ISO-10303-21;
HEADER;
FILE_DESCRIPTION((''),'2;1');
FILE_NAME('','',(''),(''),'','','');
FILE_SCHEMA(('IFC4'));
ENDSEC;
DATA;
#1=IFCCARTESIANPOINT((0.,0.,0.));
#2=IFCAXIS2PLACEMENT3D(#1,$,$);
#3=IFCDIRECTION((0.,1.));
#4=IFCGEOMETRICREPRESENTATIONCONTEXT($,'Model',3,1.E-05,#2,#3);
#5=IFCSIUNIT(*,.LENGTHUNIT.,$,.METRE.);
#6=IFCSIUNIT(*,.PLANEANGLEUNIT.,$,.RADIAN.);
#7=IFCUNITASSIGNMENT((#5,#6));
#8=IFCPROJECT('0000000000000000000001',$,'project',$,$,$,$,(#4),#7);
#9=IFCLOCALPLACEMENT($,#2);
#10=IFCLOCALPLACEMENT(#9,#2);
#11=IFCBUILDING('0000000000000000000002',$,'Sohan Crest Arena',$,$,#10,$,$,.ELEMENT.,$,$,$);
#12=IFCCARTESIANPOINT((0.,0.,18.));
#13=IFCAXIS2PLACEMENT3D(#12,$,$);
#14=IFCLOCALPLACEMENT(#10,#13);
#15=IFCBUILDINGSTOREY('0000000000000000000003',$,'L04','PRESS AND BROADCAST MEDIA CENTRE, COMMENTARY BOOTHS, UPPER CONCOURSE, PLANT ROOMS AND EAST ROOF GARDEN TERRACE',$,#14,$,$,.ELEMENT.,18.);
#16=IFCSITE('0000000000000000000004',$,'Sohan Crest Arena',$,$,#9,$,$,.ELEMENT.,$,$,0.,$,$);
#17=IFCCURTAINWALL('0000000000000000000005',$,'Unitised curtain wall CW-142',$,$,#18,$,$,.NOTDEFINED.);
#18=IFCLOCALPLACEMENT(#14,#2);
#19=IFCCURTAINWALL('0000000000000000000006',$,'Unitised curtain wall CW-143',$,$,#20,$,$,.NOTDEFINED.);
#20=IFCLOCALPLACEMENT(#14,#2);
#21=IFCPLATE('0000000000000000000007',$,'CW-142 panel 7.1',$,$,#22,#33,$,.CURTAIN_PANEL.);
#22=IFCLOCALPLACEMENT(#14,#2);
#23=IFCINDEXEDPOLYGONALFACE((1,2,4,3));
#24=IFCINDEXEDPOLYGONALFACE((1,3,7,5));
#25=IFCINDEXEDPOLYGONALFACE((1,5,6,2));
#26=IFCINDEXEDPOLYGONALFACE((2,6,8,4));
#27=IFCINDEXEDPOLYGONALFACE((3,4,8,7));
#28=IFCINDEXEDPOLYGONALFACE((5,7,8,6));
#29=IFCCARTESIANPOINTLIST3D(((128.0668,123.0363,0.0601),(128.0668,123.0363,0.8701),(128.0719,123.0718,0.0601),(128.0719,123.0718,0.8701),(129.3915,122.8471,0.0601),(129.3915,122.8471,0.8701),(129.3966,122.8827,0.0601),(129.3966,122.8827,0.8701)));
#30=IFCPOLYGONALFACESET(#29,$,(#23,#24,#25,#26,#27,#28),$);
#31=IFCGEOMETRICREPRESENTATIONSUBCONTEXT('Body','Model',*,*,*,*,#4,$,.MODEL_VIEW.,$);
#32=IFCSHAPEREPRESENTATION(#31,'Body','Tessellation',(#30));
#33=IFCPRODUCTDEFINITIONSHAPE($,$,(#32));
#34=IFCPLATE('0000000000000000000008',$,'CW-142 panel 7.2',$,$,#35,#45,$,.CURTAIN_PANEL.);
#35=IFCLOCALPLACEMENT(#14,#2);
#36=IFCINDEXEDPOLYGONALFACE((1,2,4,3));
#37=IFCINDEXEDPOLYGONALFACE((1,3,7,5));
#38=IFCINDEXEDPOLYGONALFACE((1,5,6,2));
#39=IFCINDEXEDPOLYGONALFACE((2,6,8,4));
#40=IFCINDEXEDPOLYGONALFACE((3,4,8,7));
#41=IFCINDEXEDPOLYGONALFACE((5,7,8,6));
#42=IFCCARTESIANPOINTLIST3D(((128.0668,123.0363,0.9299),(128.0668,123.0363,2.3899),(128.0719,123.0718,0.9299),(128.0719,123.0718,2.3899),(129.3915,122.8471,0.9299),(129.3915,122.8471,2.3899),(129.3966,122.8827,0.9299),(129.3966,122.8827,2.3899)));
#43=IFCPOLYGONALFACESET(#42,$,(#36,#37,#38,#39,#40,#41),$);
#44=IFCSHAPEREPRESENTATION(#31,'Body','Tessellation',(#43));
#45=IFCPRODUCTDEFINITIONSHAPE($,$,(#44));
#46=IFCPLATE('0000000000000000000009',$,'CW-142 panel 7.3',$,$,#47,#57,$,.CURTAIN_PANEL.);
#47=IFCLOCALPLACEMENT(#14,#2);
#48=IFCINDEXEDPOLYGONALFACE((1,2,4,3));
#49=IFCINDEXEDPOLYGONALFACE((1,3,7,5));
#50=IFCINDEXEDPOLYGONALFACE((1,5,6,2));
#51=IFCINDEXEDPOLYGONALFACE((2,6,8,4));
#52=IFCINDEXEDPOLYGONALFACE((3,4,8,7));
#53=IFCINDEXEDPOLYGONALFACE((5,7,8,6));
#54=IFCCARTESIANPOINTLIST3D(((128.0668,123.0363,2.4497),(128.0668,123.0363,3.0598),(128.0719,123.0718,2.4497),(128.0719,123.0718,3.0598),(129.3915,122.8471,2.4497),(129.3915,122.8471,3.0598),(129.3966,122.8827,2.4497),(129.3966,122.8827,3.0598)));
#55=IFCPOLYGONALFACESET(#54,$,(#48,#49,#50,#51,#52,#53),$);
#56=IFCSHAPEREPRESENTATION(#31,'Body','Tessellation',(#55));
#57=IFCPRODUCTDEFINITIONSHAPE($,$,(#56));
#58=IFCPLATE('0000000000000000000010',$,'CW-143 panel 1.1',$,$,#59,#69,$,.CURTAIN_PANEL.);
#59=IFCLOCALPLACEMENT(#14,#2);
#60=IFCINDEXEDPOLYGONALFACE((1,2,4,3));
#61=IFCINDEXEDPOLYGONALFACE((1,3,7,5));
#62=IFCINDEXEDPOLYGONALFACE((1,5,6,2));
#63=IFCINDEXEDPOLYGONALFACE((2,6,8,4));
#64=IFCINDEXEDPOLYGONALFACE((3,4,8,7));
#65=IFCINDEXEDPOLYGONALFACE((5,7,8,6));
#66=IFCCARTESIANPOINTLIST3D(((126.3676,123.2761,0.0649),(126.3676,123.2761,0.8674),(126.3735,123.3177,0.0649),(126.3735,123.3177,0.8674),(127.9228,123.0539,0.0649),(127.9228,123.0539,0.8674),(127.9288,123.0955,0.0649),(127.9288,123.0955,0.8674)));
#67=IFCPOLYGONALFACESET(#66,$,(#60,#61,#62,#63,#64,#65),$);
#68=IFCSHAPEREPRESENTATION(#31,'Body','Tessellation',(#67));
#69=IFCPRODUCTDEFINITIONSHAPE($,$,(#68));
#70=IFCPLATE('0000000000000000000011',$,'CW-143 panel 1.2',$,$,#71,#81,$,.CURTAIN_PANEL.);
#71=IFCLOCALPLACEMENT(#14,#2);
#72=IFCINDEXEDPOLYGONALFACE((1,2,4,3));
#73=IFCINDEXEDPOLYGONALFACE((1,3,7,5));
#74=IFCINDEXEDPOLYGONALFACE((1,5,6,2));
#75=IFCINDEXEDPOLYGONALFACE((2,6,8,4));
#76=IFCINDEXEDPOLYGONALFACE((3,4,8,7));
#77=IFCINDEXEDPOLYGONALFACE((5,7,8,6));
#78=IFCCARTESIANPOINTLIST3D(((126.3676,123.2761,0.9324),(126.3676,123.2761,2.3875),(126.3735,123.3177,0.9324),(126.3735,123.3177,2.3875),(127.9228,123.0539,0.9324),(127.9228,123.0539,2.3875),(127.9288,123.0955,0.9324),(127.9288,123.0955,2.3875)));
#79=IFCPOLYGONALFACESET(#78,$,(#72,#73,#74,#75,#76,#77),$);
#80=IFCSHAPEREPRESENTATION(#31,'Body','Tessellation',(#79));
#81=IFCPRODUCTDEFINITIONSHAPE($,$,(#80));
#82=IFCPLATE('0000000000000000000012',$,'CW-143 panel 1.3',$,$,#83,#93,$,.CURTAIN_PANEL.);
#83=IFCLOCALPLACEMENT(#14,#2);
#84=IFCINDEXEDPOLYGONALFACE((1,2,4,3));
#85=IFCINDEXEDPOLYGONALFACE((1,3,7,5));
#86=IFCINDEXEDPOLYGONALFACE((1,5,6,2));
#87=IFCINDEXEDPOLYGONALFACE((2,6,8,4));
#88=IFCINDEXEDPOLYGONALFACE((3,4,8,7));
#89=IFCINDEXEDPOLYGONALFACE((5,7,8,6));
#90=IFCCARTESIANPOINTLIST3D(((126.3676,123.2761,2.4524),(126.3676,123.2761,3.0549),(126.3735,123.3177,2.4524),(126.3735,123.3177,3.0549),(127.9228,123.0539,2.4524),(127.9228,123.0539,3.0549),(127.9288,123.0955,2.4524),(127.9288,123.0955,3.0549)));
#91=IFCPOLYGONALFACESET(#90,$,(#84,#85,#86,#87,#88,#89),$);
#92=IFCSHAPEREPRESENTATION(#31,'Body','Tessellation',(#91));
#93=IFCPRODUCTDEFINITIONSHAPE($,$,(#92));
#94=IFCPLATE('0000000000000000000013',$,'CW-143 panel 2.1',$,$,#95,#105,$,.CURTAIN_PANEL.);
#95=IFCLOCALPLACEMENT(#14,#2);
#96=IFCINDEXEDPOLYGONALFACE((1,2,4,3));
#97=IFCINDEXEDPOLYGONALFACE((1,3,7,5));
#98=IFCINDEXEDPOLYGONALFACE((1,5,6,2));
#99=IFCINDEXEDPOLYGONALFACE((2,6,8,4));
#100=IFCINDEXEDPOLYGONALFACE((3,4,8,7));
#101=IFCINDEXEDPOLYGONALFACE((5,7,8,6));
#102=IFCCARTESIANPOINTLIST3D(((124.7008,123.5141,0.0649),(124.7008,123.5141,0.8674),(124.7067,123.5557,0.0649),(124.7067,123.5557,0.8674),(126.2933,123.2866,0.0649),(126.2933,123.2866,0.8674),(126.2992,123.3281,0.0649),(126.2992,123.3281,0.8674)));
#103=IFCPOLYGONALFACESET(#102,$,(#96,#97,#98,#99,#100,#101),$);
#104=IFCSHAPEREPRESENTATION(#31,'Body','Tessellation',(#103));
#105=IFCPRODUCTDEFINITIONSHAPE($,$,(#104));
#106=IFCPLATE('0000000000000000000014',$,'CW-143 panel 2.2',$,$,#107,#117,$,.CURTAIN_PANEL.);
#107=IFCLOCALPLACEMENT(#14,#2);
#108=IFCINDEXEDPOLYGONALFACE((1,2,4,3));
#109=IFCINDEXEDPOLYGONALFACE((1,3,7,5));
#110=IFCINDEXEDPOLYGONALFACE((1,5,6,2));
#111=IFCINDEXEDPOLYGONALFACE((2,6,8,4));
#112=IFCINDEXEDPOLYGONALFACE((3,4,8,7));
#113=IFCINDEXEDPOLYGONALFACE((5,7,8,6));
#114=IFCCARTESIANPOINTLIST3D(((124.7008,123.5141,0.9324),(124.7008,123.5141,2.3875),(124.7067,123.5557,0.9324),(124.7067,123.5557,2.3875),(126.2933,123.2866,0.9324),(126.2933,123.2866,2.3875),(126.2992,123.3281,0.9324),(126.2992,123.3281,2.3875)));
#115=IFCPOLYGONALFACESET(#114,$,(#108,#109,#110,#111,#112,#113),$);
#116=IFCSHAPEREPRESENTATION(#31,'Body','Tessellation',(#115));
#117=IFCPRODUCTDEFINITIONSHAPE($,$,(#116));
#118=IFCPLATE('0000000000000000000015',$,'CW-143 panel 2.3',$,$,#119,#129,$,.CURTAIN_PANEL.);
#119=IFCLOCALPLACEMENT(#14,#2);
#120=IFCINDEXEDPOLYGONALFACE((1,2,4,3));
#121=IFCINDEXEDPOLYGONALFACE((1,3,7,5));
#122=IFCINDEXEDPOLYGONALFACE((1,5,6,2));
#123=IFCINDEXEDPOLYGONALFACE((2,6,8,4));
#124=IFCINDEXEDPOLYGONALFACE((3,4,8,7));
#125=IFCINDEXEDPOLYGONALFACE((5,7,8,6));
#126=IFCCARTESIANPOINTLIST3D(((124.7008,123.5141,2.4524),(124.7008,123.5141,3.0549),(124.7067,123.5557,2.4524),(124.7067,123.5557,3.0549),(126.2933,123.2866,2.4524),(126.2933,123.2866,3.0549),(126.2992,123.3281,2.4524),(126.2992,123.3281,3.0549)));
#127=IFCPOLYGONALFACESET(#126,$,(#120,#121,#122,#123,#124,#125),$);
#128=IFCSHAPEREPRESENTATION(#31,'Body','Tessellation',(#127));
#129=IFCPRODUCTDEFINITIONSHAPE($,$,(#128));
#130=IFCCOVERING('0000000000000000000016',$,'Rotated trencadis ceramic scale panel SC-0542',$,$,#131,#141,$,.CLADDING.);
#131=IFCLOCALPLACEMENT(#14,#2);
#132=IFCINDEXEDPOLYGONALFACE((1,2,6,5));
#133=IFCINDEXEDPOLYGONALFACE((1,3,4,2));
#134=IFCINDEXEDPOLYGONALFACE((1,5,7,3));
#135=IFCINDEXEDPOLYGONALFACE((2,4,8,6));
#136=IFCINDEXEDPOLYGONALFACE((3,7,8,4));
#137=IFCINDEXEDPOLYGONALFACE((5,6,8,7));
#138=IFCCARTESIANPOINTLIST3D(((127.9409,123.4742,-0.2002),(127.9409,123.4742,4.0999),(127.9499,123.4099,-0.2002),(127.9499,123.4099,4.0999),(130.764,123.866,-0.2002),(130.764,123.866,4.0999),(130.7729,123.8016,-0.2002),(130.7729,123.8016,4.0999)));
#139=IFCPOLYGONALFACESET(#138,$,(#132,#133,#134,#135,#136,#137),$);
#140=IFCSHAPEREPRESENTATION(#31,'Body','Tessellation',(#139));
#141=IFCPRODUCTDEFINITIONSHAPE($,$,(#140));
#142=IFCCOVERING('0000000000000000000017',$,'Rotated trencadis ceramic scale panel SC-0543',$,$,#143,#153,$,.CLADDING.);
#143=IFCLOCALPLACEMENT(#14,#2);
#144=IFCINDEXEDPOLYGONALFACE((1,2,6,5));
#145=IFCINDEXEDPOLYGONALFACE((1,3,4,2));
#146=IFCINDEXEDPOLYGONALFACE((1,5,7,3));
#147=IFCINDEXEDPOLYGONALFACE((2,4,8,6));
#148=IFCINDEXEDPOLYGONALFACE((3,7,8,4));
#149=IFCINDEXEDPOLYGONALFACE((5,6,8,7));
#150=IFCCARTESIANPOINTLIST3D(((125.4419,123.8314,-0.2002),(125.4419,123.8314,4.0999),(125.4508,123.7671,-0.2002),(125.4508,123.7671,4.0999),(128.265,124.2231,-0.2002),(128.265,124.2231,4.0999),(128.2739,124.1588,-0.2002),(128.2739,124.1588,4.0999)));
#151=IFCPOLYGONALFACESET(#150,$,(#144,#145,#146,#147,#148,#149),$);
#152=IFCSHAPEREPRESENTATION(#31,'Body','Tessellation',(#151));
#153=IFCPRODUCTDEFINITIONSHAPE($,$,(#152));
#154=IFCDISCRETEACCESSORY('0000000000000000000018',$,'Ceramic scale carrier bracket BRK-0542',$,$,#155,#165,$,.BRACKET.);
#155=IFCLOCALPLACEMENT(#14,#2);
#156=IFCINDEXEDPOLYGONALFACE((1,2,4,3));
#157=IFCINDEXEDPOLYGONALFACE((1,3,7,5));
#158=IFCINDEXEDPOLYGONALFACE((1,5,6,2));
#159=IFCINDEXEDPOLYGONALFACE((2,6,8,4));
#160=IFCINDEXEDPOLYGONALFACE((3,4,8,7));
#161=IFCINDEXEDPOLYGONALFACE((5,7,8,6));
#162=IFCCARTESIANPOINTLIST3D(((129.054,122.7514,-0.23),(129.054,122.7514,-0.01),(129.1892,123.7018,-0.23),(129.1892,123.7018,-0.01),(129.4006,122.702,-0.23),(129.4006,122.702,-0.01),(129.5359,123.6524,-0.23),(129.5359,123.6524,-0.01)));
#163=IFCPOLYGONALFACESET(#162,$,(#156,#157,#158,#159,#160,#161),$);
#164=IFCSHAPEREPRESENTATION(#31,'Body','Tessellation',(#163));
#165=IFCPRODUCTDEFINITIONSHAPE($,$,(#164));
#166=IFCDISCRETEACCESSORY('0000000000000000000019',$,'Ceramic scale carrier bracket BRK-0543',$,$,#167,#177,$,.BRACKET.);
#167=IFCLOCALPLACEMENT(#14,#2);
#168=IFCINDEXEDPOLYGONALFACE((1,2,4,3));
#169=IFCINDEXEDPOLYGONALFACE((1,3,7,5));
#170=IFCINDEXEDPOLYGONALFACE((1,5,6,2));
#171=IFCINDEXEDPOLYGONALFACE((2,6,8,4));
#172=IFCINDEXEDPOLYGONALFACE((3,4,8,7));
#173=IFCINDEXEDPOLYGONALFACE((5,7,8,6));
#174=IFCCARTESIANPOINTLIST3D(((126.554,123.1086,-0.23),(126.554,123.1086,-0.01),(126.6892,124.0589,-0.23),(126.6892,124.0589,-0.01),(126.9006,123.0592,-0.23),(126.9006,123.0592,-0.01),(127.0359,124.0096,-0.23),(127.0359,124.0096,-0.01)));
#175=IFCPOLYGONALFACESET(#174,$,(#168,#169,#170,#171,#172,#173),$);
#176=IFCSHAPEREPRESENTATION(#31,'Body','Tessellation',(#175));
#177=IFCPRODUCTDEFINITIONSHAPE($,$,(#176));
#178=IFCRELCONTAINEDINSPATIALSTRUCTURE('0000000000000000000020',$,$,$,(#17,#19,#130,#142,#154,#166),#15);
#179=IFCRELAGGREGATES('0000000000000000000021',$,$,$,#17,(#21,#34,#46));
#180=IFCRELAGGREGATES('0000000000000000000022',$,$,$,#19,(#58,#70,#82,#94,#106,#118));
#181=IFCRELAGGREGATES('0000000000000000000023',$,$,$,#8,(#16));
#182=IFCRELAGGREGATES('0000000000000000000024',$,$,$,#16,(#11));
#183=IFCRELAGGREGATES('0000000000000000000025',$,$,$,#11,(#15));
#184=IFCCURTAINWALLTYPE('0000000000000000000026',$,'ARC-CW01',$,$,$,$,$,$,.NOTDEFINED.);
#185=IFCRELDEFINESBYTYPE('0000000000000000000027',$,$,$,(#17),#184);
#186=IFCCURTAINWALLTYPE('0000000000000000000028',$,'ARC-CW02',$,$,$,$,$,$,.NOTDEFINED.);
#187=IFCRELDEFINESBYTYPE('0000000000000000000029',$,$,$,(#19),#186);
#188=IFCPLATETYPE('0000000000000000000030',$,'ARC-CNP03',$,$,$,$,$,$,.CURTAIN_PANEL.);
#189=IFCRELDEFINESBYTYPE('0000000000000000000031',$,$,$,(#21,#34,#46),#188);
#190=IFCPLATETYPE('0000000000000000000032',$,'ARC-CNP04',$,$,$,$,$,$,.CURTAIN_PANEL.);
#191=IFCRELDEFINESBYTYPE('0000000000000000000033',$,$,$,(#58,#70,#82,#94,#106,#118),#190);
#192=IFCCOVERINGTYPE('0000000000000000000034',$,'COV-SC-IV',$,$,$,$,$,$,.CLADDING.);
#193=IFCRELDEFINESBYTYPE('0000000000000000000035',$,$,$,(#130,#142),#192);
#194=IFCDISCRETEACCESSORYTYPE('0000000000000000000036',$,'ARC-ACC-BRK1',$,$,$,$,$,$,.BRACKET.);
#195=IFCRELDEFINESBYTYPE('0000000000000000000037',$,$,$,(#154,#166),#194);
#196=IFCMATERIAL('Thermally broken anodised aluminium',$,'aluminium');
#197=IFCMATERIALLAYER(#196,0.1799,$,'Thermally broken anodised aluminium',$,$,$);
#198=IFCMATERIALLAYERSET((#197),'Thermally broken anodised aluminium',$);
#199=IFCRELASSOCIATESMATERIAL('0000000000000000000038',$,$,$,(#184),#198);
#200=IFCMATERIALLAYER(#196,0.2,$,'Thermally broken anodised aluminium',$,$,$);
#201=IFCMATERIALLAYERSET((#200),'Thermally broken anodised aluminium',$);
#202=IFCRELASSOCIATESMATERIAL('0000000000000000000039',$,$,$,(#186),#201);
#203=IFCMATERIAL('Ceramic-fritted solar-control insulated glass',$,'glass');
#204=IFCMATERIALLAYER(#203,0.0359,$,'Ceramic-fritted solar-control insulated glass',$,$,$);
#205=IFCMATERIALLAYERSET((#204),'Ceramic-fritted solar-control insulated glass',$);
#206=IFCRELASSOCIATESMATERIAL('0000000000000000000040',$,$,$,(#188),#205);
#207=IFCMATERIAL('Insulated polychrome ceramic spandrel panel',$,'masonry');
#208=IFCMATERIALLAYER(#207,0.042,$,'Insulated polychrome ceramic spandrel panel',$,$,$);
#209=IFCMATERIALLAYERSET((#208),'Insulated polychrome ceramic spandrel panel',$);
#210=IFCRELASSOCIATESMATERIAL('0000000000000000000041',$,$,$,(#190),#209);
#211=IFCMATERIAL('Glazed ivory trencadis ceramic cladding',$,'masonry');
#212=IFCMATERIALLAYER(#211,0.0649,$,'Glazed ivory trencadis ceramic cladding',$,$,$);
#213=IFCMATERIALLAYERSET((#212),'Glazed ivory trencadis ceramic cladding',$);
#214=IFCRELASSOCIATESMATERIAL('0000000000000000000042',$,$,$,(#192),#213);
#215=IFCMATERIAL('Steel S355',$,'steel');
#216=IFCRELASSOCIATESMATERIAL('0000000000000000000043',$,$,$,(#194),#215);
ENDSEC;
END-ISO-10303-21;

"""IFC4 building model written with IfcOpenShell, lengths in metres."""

from ifc_helpers import new_model, si_unit, direction, frame, origin, origin_2d, place, context, subcontext, project, spatial, rectangle, extrude, material, layer, layer_set, type_object, element, aggregate, save


model = new_model("IFC4")

# Units and contexts
model_context = context("Model", 3, precision=1e-05, world=origin(), true_north=direction((0.0, 1.0)))
body_context = subcontext(model_context, "Body", "Model", "MODEL_VIEW")
ifc_project = project(units=[si_unit("LENGTHUNIT", "METRE"), si_unit("PLANEANGLEUNIT", "RADIAN")], contexts=[model_context])

# Site, building, storey
site_placement = place(None, origin())
site = spatial("IfcSite", under=ifc_project, at=site_placement, Name="Sohan Crest Arena", CompositionType="ELEMENT", RefElevation=0.0)
building_placement = place(site_placement, origin())
building = spatial("IfcBuilding", under=site, at=building_placement, Name="Sohan Crest Arena", CompositionType="ELEMENT")
storey_placement = place(building_placement, frame((0.0, 0.0, 18.0)))
storey = spatial("IfcBuildingStorey", under=building, at=storey_placement, Name="L04", Description="PRESS AND BROADCAST MEDIA CENTRE, COMMENTARY BOOTHS, UPPER CONCOURSE, PLANT ROOMS AND EAST ROOF GARDEN TERRACE", CompositionType="ELEMENT", Elevation=18.0)

# Shared definitions
ifc_material_1 = material(Name="Steel S355", Category="steel")

# Curtain wall
ifc_material_2 = material(Name="Thermally broken anodised aluminium", Category="aluminium")
ifc_layer_1 = layer(ifc_material_2, 0.1799, Name="Thermally broken anodised aluminium")
ifc_layer_set_1 = layer_set([ifc_layer_1], Name="Thermally broken anodised aluminium")
curtain_wall_type_1 = type_object("IfcCurtainWallType", Name="ARC-CW01", PredefinedType="NOTDEFINED", material=ifc_layer_set_1)
curtain_wall_1_placement = place(storey_placement, origin())
curtain_wall_1 = element("IfcCurtainWall", 1, at=curtain_wall_1_placement, inside=storey, type_object=curtain_wall_type_1, Name="Unitised curtain wall CW-142", PredefinedType="NOTDEFINED")

# Curtain wall
ifc_layer_2 = layer(ifc_material_2, 0.2, Name="Thermally broken anodised aluminium")
ifc_layer_set_2 = layer_set([ifc_layer_2], Name="Thermally broken anodised aluminium")
curtain_wall_type_2 = type_object("IfcCurtainWallType", Name="ARC-CW02", PredefinedType="NOTDEFINED", material=ifc_layer_set_2)
curtain_wall_2_placement = place(storey_placement, origin())
curtain_wall_2 = element("IfcCurtainWall", 2, at=curtain_wall_2_placement, inside=storey, type_object=curtain_wall_type_2, Name="Unitised curtain wall CW-143", PredefinedType="NOTDEFINED")

# Plates
ifc_material_3 = material(Name="Ceramic-fritted solar-control insulated glass", Category="glass")
ifc_layer_3 = layer(ifc_material_3, 0.0359, Name="Ceramic-fritted solar-control insulated glass")
ifc_layer_set_3 = layer_set([ifc_layer_3], Name="Ceramic-fritted solar-control insulated glass")
plate_type_1 = type_object("IfcPlateType", Name="ARC-CNP03", PredefinedType="CURTAIN_PANEL", material=ifc_layer_set_3)
plate_1_placement = place(storey_placement, frame((128.7317, 122.9595, 0.0601), z_axis=(0.0, 0.0, 1.0), x_axis=(-0.989957, 0.141366, 0.0)))
plate_1 = element("IfcPlate", 3, at=plate_1_placement, type_object=plate_type_1, Name="CW-142 panel 7.1", PredefinedType="CURTAIN_PANEL", context=body_context, shape_type="SweptSolid", body=[
    extrude(rectangle(XDim=1.3381, YDim=0.0359, at=origin_2d()), origin(), (0.0, 0.0, 1.0), 0.8101),
])
plate_2_placement = place(storey_placement, frame((128.7317, 122.9595, 0.9299), z_axis=(0.0, 0.0, 1.0), x_axis=(-0.989957, 0.141366, 0.0)))
plate_2 = element("IfcPlate", 4, at=plate_2_placement, type_object=plate_type_1, Name="CW-142 panel 7.2", PredefinedType="CURTAIN_PANEL", context=body_context, shape_type="SweptSolid", body=[
    extrude(rectangle(XDim=1.3381, YDim=0.0359, at=origin_2d()), origin(), (0.0, 0.0, 1.0), 1.46),
])
plate_3_placement = place(storey_placement, frame((128.7317, 122.9595, 2.4497), z_axis=(0.0, 0.0, 1.0), x_axis=(-0.989957, 0.141366, 0.0)))
plate_3 = element("IfcPlate", 5, at=plate_3_placement, type_object=plate_type_1, Name="CW-142 panel 7.3", PredefinedType="CURTAIN_PANEL", context=body_context, shape_type="SweptSolid", body=[
    extrude(rectangle(XDim=1.3381, YDim=0.0359, at=origin_2d()), origin(), (0.0, 0.0, 1.0), 0.6101),
])
aggregate(curtain_wall_1, [plate_1, plate_2, plate_3])
ifc_material_4 = material(Name="Insulated polychrome ceramic spandrel panel", Category="masonry")
ifc_layer_4 = layer(ifc_material_4, 0.042, Name="Insulated polychrome ceramic spandrel panel")
ifc_layer_set_4 = layer_set([ifc_layer_4], Name="Insulated polychrome ceramic spandrel panel")
plate_type_2 = type_object("IfcPlateType", Name="ARC-CNP04", PredefinedType="CURTAIN_PANEL", material=ifc_layer_set_4)
plate_4_placement = place(storey_placement, frame((127.1482, 123.1858, 0.0649), z_axis=(0.0, 0.0, 1.0), x_axis=(-0.989944, 0.141463, 0.0)))
plate_4 = element("IfcPlate", 6, at=plate_4_placement, type_object=plate_type_2, Name="CW-143 panel 1.1", PredefinedType="CURTAIN_PANEL", context=body_context, shape_type="SweptSolid", body=[
    extrude(rectangle(XDim=1.571, YDim=0.042, at=origin_2d()), origin(), (0.0, 0.0, 1.0), 0.8025),
])
plate_5_placement = place(storey_placement, frame((127.1482, 123.1858, 0.9324), z_axis=(0.0, 0.0, 1.0), x_axis=(-0.989944, 0.141463, 0.0)))
plate_5 = element("IfcPlate", 7, at=plate_5_placement, type_object=plate_type_2, Name="CW-143 panel 1.2", PredefinedType="CURTAIN_PANEL", context=body_context, shape_type="SweptSolid", body=[
    extrude(rectangle(XDim=1.571, YDim=0.042, at=origin_2d()), origin(), (0.0, 0.0, 1.0), 1.4551),
])
plate_6_placement = place(storey_placement, frame((127.1482, 123.1858, 2.4524), z_axis=(0.0, 0.0, 1.0), x_axis=(-0.989944, 0.141463, 0.0)))
plate_6 = element("IfcPlate", 8, at=plate_6_placement, type_object=plate_type_2, Name="CW-143 panel 1.3", PredefinedType="CURTAIN_PANEL", context=body_context, shape_type="SweptSolid", body=[
    extrude(rectangle(XDim=1.571, YDim=0.042, at=origin_2d()), origin(), (0.0, 0.0, 1.0), 0.6025),
])
plate_7_placement = place(storey_placement, frame((125.5, 123.4211, 0.0649), z_axis=(0.0, 0.0, 1.0), x_axis=(-0.989944, 0.141463, 0.0)))
plate_7 = element("IfcPlate", 9, at=plate_7_placement, type_object=plate_type_2, Name="CW-143 panel 2.1", PredefinedType="CURTAIN_PANEL", context=body_context, shape_type="SweptSolid", body=[
    extrude(rectangle(XDim=1.6086, YDim=0.042, at=origin_2d()), origin(), (0.0, 0.0, 1.0), 0.8025),
])
plate_8_placement = place(storey_placement, frame((125.5, 123.4211, 0.9324), z_axis=(0.0, 0.0, 1.0), x_axis=(-0.989944, 0.141463, 0.0)))
plate_8 = element("IfcPlate", 10, at=plate_8_placement, type_object=plate_type_2, Name="CW-143 panel 2.2", PredefinedType="CURTAIN_PANEL", context=body_context, shape_type="SweptSolid", body=[
    extrude(rectangle(XDim=1.6086, YDim=0.042, at=origin_2d()), origin(), (0.0, 0.0, 1.0), 1.4551),
])
plate_9_placement = place(storey_placement, frame((125.5, 123.4211, 2.4524), z_axis=(0.0, 0.0, 1.0), x_axis=(-0.989944, 0.141463, 0.0)))
plate_9 = element("IfcPlate", 11, at=plate_9_placement, type_object=plate_type_2, Name="CW-143 panel 2.3", PredefinedType="CURTAIN_PANEL", context=body_context, shape_type="SweptSolid", body=[
    extrude(rectangle(XDim=1.6086, YDim=0.042, at=origin_2d()), origin(), (0.0, 0.0, 1.0), 0.6025),
])
aggregate(curtain_wall_2, [plate_4, plate_5, plate_6, plate_7, plate_8, plate_9])

# Coverings
ifc_material_5 = material(Name="Glazed ivory trencadis ceramic cladding", Category="masonry")
ifc_layer_5 = layer(ifc_material_5, 0.0649, Name="Glazed ivory trencadis ceramic cladding")
ifc_layer_set_5 = layer_set([ifc_layer_5], Name="Glazed ivory trencadis ceramic cladding")
covering_type = type_object("IfcCoveringType", Name="COV-SC-IV", PredefinedType="CLADDING", material=ifc_layer_set_5)
for number, where, z_axis, x_axis, name in (
    (12, (129.3569, 123.6379, -0.2002), (0.0, 0.0, 1.0), (-0.990509, -0.137445, 0.0), "Rotated trencadis ceramic scale panel SC-0542"),
    (13, (126.8579, 123.9951, -0.2002), (0.0, 0.0, 1.0), (-0.990509, -0.137445, 0.0), "Rotated trencadis ceramic scale panel SC-0543"),
):
    element("IfcCovering", number, at=place(storey_placement, frame(where, z_axis=z_axis, x_axis=x_axis)), inside=storey, type_object=covering_type, Name=name, PredefinedType="CLADDING", context=body_context, shape_type="SweptSolid", body=[
        extrude(rectangle(XDim=2.8501, YDim=0.0649, at=origin_2d()), origin(), (0.0, 0.0, 1.0), 4.3),
    ])

# Discrete accessories
discrete_accessory_type = type_object("IfcDiscreteAccessoryType", Name="ARC-ACC-BRK1", PredefinedType="BRACKET", material=ifc_material_1)
for number, where, z_axis, x_axis, name in (
    (14, (129.2949, 123.2019, -0.23), (0.0, 0.0, 1.0), (-0.990024, 0.140901, 0.0), "Ceramic scale carrier bracket BRK-0542"),
    (15, (126.7949, 123.5591, -0.23), (0.0, 0.0, 1.0), (-0.990024, 0.140901, 0.0), "Ceramic scale carrier bracket BRK-0543"),
):
    element("IfcDiscreteAccessory", number, at=place(storey_placement, frame(where, z_axis=z_axis, x_axis=x_axis)), inside=storey, type_object=discrete_accessory_type, Name=name, PredefinedType="BRACKET", context=body_context, shape_type="SweptSolid", body=[
        extrude(rectangle(XDim=0.3501, YDim=0.96, at=origin_2d()), origin(), (0.0, 0.0, 1.0), 0.22),
    ])

save(model, "model.ifc")
